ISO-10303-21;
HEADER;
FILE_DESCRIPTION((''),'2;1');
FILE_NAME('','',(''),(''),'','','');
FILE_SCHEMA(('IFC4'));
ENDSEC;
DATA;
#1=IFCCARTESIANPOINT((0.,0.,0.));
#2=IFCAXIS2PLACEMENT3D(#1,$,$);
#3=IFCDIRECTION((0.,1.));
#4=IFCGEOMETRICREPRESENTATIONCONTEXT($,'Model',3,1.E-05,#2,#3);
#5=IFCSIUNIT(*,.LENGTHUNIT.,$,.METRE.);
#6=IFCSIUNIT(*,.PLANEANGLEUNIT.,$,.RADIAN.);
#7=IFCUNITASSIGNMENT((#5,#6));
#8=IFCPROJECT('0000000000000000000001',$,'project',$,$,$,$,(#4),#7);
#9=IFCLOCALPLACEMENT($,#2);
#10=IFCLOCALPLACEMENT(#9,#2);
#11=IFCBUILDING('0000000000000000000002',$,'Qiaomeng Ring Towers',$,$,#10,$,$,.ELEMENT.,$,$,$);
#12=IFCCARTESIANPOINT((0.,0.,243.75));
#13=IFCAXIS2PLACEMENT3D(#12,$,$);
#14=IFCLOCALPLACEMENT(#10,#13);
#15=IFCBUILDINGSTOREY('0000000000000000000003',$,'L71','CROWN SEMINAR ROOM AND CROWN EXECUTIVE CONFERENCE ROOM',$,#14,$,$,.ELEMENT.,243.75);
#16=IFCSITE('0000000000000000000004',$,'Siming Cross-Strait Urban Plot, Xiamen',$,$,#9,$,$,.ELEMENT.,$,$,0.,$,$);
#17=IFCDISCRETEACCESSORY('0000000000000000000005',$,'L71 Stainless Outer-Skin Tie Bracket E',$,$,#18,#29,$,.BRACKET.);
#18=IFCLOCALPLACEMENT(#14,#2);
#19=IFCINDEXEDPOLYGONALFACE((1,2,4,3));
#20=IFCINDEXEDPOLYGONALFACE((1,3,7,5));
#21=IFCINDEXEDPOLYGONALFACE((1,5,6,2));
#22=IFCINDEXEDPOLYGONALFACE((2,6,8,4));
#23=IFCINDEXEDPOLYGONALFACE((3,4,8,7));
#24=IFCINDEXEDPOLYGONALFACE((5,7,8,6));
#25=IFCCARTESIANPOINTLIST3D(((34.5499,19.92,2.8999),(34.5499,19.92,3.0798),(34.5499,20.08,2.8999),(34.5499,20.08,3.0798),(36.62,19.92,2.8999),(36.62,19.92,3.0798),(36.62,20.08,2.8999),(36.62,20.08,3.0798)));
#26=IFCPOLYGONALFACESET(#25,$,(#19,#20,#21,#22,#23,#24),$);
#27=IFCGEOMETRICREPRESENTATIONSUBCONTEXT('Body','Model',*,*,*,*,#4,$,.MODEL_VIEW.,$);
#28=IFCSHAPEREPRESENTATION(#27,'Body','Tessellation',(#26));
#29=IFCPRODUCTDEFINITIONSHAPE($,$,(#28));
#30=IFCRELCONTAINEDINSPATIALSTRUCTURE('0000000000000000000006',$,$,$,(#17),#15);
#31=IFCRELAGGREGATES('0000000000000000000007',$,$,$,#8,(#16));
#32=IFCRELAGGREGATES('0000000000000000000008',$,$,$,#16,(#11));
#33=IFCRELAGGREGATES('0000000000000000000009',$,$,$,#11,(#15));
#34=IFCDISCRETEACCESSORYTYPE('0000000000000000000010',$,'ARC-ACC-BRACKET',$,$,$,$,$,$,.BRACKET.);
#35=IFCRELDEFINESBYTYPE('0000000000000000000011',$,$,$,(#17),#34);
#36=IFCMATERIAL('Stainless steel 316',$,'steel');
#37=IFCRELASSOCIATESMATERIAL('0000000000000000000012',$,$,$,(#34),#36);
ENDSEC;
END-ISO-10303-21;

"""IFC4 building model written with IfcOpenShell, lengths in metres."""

from ifc_helpers import new_model, si_unit, direction, frame, origin, origin_2d, place, context, subcontext, project, spatial, rectangle, extrude, source, transform, mapped, material, type_object, element, save


model = new_model("IFC4")

# Units and contexts
model_context = context("Model", 3, precision=1e-05, world=origin(), true_north=direction((0.0, 1.0)))
body_context = subcontext(model_context, "Body", "Model", "MODEL_VIEW")
ifc_project = project(units=[si_unit("LENGTHUNIT", "METRE"), si_unit("PLANEANGLEUNIT", "RADIAN")], contexts=[model_context])

# Site, building, storey
site_placement = place(None, origin())
site = spatial("IfcSite", under=ifc_project, at=site_placement, Name="Siming Cross-Strait Urban Plot, Xiamen", CompositionType="ELEMENT", RefElevation=0.0)
building_placement = place(site_placement, origin())
building = spatial("IfcBuilding", under=site, at=building_placement, Name="Qiaomeng Ring Towers", CompositionType="ELEMENT")
storey_placement = place(building_placement, frame((0.0, 0.0, 243.75)))
storey = spatial("IfcBuildingStorey", under=building, at=storey_placement, Name="L71", Description="CROWN SEMINAR ROOM AND CROWN EXECUTIVE CONFERENCE ROOM", CompositionType="ELEMENT", Elevation=243.75)

# Shared definitions
ifc_material_1 = material(Name="Stainless steel 316", Category="steel")

# Discrete accessory
discrete_accessory_type = type_object("IfcDiscreteAccessoryType", Name="ARC-ACC-BRACKET", PredefinedType="BRACKET", material=ifc_material_1)
shared_shape_1 = source(origin(), body_context, "Body", "SweptSolid", [
    extrude(rectangle(XDim=2.0701, YDim=0.1599, at=origin_2d()), origin(), (0.0, 0.0, 1.0), 0.1799),
])
discrete_accessory_placement = place(storey_placement, frame((35.585, 20.0, 2.8999), z_axis=(0.0, 0.0, 1.0), x_axis=(1.0, 0.0, 0.0)))
element("IfcDiscreteAccessory", 1, at=discrete_accessory_placement, inside=storey, type_object=discrete_accessory_type, Name="L71 Stainless Outer-Skin Tie Bracket E", PredefinedType="BRACKET", context=body_context, shape_type="MappedRepresentation", body=[
    mapped(shared_shape_1, transform((0.0, 0.0, 0.0), x_axis=(1.0, 0.0, 0.0), y_axis=(0.0, 1.0, 0.0), z_axis=(0.0, 0.0, 1.0), scale=1.0)),
])

save(model, "model.ifc")
